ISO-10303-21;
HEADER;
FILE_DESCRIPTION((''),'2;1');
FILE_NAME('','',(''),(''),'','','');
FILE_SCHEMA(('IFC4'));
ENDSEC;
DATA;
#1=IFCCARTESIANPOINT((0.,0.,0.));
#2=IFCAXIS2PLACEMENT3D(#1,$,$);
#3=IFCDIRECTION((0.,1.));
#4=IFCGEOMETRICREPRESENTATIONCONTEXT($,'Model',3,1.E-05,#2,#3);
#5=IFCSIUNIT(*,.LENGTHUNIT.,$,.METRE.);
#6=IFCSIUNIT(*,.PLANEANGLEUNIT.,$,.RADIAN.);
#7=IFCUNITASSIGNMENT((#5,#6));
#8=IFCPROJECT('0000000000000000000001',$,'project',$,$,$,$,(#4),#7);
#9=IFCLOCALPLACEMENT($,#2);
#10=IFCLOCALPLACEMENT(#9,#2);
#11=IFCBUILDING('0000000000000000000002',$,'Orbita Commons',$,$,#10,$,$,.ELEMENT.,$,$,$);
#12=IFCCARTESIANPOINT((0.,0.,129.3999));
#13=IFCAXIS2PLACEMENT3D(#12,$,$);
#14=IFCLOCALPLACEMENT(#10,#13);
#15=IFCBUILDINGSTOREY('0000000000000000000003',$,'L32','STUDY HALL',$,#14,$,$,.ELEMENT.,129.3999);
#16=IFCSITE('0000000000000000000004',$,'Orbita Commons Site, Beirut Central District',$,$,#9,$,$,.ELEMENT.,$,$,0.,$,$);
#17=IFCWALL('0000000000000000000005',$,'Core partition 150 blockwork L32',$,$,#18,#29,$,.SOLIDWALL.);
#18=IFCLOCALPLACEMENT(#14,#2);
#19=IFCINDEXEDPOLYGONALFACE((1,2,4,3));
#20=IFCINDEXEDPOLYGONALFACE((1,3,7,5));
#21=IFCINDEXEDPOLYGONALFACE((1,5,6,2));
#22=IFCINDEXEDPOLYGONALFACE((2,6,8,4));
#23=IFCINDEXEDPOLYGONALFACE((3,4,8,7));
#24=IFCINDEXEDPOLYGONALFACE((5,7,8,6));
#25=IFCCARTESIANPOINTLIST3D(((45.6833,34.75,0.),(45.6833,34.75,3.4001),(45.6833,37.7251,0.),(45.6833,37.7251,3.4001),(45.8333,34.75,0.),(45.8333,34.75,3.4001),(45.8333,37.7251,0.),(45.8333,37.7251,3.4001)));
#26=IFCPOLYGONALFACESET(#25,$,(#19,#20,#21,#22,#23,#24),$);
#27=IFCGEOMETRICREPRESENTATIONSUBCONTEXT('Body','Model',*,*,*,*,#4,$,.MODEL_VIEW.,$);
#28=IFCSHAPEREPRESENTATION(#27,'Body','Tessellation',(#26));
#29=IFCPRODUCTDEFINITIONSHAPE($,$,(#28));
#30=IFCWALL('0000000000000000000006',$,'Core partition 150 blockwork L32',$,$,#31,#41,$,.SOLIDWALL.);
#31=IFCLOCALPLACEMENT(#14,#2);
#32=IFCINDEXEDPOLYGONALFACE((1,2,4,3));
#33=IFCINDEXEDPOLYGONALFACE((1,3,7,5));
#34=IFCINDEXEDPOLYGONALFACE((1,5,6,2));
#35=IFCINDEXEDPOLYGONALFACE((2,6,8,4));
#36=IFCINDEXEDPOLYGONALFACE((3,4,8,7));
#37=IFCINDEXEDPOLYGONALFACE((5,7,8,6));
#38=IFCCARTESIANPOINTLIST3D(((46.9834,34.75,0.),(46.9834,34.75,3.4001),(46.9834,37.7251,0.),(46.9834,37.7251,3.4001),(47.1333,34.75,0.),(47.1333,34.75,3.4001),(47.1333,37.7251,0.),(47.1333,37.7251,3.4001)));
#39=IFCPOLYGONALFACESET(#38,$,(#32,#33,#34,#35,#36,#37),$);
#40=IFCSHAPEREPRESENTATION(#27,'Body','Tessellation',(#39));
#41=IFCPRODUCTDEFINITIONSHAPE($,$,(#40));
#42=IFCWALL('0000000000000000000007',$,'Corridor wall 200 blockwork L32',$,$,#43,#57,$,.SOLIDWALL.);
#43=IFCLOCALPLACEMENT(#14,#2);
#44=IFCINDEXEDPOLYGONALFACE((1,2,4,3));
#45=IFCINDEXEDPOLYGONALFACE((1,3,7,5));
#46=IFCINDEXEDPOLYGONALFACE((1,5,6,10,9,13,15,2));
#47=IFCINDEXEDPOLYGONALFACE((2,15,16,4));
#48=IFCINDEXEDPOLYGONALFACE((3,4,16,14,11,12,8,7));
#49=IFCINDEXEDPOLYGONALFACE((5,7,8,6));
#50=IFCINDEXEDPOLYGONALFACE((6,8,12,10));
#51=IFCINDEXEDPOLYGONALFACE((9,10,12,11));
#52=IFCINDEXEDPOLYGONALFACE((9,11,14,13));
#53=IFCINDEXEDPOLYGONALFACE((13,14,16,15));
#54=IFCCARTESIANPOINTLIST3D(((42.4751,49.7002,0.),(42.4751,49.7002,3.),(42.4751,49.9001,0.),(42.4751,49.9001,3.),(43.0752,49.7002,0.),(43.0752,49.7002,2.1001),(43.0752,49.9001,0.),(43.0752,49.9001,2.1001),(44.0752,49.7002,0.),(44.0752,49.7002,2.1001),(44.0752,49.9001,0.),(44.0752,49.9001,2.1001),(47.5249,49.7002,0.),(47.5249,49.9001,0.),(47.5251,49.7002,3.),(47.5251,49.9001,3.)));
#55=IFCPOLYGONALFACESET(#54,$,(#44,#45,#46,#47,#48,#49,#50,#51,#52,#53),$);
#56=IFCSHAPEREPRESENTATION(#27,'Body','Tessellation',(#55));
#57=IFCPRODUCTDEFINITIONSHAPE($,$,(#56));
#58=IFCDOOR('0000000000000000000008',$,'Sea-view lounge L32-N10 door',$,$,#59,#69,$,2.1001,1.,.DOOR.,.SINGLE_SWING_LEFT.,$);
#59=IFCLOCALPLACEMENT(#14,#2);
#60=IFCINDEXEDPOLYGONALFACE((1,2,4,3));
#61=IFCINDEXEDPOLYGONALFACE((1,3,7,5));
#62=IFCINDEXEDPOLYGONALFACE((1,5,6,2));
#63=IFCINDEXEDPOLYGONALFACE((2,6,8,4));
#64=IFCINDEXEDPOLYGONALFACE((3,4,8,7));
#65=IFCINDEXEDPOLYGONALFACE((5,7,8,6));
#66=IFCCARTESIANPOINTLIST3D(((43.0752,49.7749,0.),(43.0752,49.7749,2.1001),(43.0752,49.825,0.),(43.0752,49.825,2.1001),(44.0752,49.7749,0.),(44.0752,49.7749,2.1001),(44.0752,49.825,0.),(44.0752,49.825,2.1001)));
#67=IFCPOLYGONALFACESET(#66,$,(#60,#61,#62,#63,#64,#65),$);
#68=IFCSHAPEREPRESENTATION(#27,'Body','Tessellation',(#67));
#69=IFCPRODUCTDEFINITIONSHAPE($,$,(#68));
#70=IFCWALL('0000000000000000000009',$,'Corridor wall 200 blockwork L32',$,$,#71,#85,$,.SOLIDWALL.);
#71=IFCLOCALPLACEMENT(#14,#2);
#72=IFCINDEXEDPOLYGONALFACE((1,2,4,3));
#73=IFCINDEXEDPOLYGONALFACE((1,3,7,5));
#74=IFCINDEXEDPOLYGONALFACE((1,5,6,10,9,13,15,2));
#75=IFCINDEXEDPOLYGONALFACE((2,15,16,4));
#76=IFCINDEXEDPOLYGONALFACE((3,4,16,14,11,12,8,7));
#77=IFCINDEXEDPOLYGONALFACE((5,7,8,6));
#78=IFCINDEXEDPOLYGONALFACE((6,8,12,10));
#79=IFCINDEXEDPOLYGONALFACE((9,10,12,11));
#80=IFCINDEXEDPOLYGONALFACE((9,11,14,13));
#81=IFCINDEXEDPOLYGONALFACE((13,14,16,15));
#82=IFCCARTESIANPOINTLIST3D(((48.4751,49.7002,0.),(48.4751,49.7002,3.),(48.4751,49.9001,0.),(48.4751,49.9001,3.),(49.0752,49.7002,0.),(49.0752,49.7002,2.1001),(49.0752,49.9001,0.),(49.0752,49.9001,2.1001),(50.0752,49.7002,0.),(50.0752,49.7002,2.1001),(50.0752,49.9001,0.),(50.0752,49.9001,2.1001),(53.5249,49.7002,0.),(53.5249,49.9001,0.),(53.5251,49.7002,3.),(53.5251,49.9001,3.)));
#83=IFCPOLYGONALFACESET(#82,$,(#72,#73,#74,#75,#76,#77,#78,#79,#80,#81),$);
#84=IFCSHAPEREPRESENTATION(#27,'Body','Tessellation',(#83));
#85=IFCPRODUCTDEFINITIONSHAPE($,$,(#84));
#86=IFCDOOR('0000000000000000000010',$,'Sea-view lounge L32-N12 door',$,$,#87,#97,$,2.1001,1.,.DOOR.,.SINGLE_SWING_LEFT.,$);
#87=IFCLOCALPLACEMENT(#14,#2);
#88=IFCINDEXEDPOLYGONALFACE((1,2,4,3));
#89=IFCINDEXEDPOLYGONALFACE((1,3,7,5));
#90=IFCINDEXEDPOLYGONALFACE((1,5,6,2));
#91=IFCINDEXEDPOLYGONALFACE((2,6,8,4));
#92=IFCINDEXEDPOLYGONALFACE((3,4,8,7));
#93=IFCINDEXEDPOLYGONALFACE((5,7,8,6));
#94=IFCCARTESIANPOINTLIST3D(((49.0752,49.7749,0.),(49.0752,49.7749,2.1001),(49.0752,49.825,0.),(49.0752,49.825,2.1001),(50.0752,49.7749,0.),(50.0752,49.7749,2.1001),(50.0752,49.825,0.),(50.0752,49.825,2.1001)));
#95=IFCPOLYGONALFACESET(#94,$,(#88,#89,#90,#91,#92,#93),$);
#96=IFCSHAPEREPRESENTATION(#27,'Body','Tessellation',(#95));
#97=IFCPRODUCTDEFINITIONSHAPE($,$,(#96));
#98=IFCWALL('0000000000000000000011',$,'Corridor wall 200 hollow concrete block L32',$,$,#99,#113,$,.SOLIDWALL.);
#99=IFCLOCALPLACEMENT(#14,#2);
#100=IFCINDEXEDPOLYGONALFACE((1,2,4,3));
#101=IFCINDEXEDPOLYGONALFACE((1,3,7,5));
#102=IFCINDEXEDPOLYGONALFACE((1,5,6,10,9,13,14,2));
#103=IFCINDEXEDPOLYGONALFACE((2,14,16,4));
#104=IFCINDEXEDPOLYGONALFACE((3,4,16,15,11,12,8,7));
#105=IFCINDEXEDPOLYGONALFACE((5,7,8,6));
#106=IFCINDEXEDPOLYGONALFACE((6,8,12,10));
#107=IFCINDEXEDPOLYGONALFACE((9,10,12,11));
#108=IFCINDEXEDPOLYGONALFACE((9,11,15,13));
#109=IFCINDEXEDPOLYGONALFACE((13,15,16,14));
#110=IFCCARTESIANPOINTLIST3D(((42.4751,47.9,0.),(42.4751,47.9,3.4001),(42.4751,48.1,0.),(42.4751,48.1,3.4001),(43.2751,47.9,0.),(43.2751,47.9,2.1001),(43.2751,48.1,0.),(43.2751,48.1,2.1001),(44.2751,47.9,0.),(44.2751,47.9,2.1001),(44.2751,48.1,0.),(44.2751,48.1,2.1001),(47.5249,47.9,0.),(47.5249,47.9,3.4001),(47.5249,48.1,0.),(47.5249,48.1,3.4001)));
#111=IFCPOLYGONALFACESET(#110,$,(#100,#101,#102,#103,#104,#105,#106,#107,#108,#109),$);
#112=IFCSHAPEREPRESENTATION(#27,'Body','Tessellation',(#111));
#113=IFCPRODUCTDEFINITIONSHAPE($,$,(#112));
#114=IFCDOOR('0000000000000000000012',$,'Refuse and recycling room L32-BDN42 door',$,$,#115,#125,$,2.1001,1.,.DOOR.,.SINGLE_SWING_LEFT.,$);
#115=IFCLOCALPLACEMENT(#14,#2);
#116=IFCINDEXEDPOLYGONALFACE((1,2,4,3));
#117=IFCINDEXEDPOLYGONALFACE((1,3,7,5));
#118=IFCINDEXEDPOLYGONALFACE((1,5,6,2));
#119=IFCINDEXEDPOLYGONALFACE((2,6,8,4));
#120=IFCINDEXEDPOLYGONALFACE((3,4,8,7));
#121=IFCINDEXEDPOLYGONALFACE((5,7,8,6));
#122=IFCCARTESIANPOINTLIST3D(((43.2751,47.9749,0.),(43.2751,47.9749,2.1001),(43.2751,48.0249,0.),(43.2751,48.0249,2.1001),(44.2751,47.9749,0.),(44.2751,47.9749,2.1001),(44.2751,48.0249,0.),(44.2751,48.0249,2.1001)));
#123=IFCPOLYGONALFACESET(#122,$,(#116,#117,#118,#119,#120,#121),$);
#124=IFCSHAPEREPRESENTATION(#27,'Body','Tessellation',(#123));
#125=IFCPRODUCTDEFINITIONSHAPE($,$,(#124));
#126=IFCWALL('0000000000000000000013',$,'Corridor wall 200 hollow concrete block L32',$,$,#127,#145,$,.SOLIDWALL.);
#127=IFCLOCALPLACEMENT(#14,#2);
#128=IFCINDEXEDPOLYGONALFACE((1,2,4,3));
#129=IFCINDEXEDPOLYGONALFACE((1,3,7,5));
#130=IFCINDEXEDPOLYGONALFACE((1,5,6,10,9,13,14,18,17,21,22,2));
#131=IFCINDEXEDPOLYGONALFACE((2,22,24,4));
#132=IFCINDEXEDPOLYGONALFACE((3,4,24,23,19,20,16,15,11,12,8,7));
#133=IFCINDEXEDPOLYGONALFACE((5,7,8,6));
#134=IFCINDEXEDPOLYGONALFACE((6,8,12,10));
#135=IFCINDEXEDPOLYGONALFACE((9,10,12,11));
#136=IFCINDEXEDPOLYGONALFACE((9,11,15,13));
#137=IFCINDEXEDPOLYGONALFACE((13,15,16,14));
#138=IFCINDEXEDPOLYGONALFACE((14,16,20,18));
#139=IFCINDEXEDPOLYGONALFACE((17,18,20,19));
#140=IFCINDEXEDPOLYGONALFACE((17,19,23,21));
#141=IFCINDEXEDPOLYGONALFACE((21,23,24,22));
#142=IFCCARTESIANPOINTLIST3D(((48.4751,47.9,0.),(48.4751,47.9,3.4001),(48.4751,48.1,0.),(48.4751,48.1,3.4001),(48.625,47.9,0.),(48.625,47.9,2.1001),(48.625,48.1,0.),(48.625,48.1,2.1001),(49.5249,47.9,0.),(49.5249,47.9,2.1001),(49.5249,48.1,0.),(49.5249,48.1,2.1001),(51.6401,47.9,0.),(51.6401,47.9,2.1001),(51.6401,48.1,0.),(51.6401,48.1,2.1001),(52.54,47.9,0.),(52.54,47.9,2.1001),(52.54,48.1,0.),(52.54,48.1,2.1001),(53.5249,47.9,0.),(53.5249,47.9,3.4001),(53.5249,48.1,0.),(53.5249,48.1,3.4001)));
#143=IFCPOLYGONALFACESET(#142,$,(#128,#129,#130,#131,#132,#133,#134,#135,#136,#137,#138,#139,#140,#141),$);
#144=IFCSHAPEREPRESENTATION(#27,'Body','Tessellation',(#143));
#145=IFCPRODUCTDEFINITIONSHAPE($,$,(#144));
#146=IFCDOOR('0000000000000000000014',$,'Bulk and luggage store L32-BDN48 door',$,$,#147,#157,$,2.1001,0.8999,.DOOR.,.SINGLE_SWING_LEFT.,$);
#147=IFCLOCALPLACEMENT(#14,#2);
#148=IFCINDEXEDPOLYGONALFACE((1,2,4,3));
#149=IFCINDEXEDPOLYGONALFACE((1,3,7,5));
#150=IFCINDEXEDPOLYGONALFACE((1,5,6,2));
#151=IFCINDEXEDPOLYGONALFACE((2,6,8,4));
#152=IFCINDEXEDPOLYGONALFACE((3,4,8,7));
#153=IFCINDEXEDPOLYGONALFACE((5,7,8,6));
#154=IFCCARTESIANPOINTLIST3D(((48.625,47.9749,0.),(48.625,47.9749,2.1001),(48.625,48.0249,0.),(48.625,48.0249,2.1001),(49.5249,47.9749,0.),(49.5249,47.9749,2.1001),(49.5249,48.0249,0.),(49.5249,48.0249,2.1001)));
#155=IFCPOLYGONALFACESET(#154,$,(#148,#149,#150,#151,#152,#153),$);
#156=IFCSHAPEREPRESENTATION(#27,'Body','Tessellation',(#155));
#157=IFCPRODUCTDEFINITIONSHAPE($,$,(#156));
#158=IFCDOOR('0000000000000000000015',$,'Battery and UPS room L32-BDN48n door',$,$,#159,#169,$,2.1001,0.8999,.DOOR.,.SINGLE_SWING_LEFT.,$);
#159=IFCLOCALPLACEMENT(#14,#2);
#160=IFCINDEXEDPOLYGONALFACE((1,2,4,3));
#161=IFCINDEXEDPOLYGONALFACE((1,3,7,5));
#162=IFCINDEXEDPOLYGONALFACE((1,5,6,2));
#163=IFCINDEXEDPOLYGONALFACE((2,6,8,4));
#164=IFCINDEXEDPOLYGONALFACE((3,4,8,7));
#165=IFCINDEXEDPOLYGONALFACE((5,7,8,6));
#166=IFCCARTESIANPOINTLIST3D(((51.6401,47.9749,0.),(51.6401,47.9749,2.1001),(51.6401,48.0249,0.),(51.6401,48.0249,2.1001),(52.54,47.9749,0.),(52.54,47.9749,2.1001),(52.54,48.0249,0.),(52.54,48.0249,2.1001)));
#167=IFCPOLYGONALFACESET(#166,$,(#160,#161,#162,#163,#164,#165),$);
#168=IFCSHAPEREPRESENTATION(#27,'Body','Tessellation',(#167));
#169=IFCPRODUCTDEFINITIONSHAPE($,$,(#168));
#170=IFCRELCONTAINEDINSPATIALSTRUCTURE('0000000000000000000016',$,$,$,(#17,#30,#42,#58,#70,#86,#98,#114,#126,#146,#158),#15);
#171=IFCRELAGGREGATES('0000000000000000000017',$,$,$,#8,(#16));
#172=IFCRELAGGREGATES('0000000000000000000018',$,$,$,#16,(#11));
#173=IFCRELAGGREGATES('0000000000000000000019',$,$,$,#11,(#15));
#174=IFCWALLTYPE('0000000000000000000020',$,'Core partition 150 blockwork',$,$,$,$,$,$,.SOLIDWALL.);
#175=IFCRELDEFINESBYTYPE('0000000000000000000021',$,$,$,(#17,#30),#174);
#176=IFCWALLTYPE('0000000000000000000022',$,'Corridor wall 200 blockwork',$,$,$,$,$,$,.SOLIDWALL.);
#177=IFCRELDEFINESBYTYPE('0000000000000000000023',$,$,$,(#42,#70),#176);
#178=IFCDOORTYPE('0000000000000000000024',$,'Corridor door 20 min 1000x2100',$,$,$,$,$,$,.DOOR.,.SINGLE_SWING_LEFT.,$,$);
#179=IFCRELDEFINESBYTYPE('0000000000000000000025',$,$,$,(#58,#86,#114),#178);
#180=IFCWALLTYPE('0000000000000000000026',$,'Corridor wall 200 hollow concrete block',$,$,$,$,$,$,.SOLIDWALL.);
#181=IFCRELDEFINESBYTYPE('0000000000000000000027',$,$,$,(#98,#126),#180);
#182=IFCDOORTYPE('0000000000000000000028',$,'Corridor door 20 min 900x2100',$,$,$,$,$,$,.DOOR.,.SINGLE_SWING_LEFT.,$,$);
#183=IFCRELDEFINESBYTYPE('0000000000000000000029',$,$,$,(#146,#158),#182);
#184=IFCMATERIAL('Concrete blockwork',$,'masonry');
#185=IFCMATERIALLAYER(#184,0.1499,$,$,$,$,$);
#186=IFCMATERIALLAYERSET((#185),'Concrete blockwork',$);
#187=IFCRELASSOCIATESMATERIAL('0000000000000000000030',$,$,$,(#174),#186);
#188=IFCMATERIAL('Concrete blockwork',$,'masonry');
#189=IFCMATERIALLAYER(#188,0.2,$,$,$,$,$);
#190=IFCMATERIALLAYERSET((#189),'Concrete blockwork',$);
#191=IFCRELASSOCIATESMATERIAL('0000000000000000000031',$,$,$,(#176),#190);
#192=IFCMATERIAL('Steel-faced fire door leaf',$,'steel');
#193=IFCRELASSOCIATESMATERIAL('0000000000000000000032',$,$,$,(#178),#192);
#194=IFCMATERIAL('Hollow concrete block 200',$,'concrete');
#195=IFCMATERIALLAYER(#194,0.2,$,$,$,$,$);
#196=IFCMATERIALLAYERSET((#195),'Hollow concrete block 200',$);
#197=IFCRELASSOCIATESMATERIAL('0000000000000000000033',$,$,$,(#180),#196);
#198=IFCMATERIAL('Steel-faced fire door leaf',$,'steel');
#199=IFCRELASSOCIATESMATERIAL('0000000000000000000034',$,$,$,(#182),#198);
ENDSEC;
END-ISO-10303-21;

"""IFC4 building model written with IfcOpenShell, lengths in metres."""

from ifc_helpers import new_model, si_unit, direction, frame, frame_2d, origin, place, context, subcontext, project, spatial, polyline, rectangle, outline, extrude, material, layer, layer_set, type_object, element, fill, save


model = new_model("IFC4")

# Units and contexts
model_context = context("Model", 3, precision=1e-05, world=origin(), true_north=direction((0.0, 1.0)))
body_context = subcontext(model_context, "Body", "Model", "MODEL_VIEW")
ifc_project = project(units=[si_unit("LENGTHUNIT", "METRE"), si_unit("PLANEANGLEUNIT", "RADIAN")], contexts=[model_context])

# Site, building, storey
site_placement = place(None, origin())
site = spatial("IfcSite", under=ifc_project, at=site_placement, Name="Orbita Commons Site, Beirut Central District", CompositionType="ELEMENT", RefElevation=0.0)
building_placement = place(site_placement, origin())
building = spatial("IfcBuilding", under=site, at=building_placement, Name="Orbita Commons", CompositionType="ELEMENT")
storey_placement = place(building_placement, frame((0.0, 0.0, 129.3999)))
storey = spatial("IfcBuildingStorey", under=building, at=storey_placement, Name="L32", Description="STUDY HALL", CompositionType="ELEMENT", Elevation=129.3999)

# Walls
ifc_material_1 = material(Name="Concrete blockwork", Category="masonry")
ifc_layer_1 = layer(ifc_material_1, 0.1499)
ifc_layer_set_1 = layer_set([ifc_layer_1], Name="Concrete blockwork")
wall_type_1 = type_object("IfcWallType", Name="Core partition 150 blockwork", PredefinedType="SOLIDWALL", material=ifc_layer_set_1)
for number, where, z_axis, x_axis, name in (
    (1, (45.7583, 34.75, 0.0), (0.0, 0.0, 1.0), (0.0, 1.0, 0.0), "Core partition 150 blockwork L32"),
    (2, (47.0583, 34.75, 0.0), (0.0, 0.0, 1.0), (0.0, 1.0, 0.0), "Core partition 150 blockwork L32"),
):
    element("IfcWall", number, at=place(storey_placement, frame(where, z_axis=z_axis, x_axis=x_axis)), inside=storey, type_object=wall_type_1, Name=name, PredefinedType="SOLIDWALL", context=body_context, shape_type="SweptSolid", body=[
        extrude(rectangle(XDim=2.9751, YDim=0.1499, at=frame_2d((1.4875, 0.0))), origin(), (0.0, 0.0, 1.0), 3.4001),
    ])

# Walls, openings, doors
ifc_material_2 = material(Name="Concrete blockwork", Category="masonry")
ifc_layer_2 = layer(ifc_material_2, 0.2)
ifc_layer_set_2 = layer_set([ifc_layer_2], Name="Concrete blockwork")
wall_type_2 = type_object("IfcWallType", Name="Corridor wall 200 blockwork", PredefinedType="SOLIDWALL", material=ifc_layer_set_2)
wall_1_placement = place(storey_placement, frame((42.4751, 49.8, 0.0), z_axis=(0.0, 0.0, 1.0), x_axis=(1.0, 0.0, 0.0)))
wall_1 = element("IfcWall", 3, at=wall_1_placement, inside=storey, type_object=wall_type_2, Name="Corridor wall 200 blockwork L32", PredefinedType="SOLIDWALL", context=body_context, shape_type="SweptSolid", body=[
    extrude(outline(polyline([(0.0, 0.0), (5.0498, 0.0), (5.05, 3.0), (0.0, 3.0), (0.0, 0.0)])), frame((0.0, 0.1001, 0.0), z_axis=(0.0, -1.0, 0.0), x_axis=(1.0, 0.0, 0.0)), (0.0, 0.0, 1.0), 0.2),
])
opening_1_placement = place(wall_1_placement, frame((0.6001, 0.0, 0.0)))
opening_1 = element("IfcOpeningElement", 4, at=opening_1_placement, cuts=wall_1, PredefinedType="OPENING", context=body_context, shape_type="SweptSolid", body=[
    extrude(rectangle(XDim=1.0, YDim=2.1001, at=frame_2d((0.5, 1.05))), frame((0.0, 0.1099, 0.0), z_axis=(0.0, -1.0, 0.0), x_axis=(1.0, 0.0, 0.0)), (0.0, 0.0, 1.0), 0.22),
])
ifc_material_3 = material(Name="Steel-faced fire door leaf", Category="steel")
door_type_1 = type_object("IfcDoorType", Name="Corridor door 20 min 1000x2100", OperationType="SINGLE_SWING_LEFT", PredefinedType="DOOR", material=ifc_material_3)
door_1_placement = place(opening_1_placement, origin())
door_1 = element("IfcDoor", 5, at=door_1_placement, inside=storey, type_object=door_type_1, Name="Sea-view lounge L32-N10 door", OperationType="SINGLE_SWING_LEFT", OverallHeight=2.1001, OverallWidth=1.0, PredefinedType="DOOR", context=body_context, shape_type="SweptSolid", body=[
    extrude(rectangle(XDim=1.0, YDim=2.1001, at=frame_2d((0.5, 1.05))), frame((0.0, 0.0249, 0.0), z_axis=(0.0, -1.0, 0.0), x_axis=(1.0, 0.0, 0.0)), (0.0, 0.0, 1.0), 0.05),
])
fill(opening_1, door_1)
wall_2_placement = place(storey_placement, frame((48.4751, 49.8, 0.0), z_axis=(0.0, 0.0, 1.0), x_axis=(1.0, 0.0, 0.0)))
wall_2 = element("IfcWall", 6, at=wall_2_placement, inside=storey, type_object=wall_type_2, Name="Corridor wall 200 blockwork L32", PredefinedType="SOLIDWALL", context=body_context, shape_type="SweptSolid", body=[
    extrude(outline(polyline([(0.0, 0.0), (5.0498, 0.0), (5.05, 3.0), (0.0, 3.0), (0.0, 0.0)])), frame((0.0, 0.1001, 0.0), z_axis=(0.0, -1.0, 0.0), x_axis=(1.0, 0.0, 0.0)), (0.0, 0.0, 1.0), 0.2),
])
opening_2_placement = place(wall_2_placement, frame((0.6001, 0.0, 0.0)))
opening_2 = element("IfcOpeningElement", 7, at=opening_2_placement, cuts=wall_2, PredefinedType="OPENING", context=body_context, shape_type="SweptSolid", body=[
    extrude(rectangle(XDim=1.0, YDim=2.1001, at=frame_2d((0.5, 1.05))), frame((0.0, 0.1099, 0.0), z_axis=(0.0, -1.0, 0.0), x_axis=(1.0, 0.0, 0.0)), (0.0, 0.0, 1.0), 0.22),
])
door_2_placement = place(opening_2_placement, origin())
door_2 = element("IfcDoor", 8, at=door_2_placement, inside=storey, type_object=door_type_1, Name="Sea-view lounge L32-N12 door", OperationType="SINGLE_SWING_LEFT", OverallHeight=2.1001, OverallWidth=1.0, PredefinedType="DOOR", context=body_context, shape_type="SweptSolid", body=[
    extrude(rectangle(XDim=1.0, YDim=2.1001, at=frame_2d((0.5, 1.05))), frame((0.0, 0.0249, 0.0), z_axis=(0.0, -1.0, 0.0), x_axis=(1.0, 0.0, 0.0)), (0.0, 0.0, 1.0), 0.05),
])
fill(opening_2, door_2)
ifc_material_4 = material(Name="Hollow concrete block 200", Category="concrete")
ifc_layer_3 = layer(ifc_material_4, 0.2)
ifc_layer_set_3 = layer_set([ifc_layer_3], Name="Hollow concrete block 200")
wall_type_3 = type_object("IfcWallType", Name="Corridor wall 200 hollow concrete block", PredefinedType="SOLIDWALL", material=ifc_layer_set_3)
wall_3_placement = place(storey_placement, frame((42.4751, 48.0, 0.0), z_axis=(0.0, 0.0, 1.0), x_axis=(1.0, 0.0, 0.0)))
wall_3 = element("IfcWall", 9, at=wall_3_placement, inside=storey, type_object=wall_type_3, Name="Corridor wall 200 hollow concrete block L32", PredefinedType="SOLIDWALL", context=body_context, shape_type="SweptSolid", body=[
    extrude(rectangle(XDim=5.0498, YDim=0.2, at=frame_2d((2.5249, 0.0))), origin(), (0.0, 0.0, 1.0), 3.4001),
])
opening_3_placement = place(wall_3_placement, frame((0.8, 0.0, 0.0)))
opening_3 = element("IfcOpeningElement", 10, at=opening_3_placement, cuts=wall_3, PredefinedType="OPENING", context=body_context, shape_type="SweptSolid", body=[
    extrude(rectangle(XDim=1.0, YDim=2.1001, at=frame_2d((0.5, 1.05))), frame((0.0, 0.1099, 0.0), z_axis=(0.0, -1.0, 0.0), x_axis=(1.0, 0.0, 0.0)), (0.0, 0.0, 1.0), 0.22),
])
door_3_placement = place(opening_3_placement, origin())
door_3 = element("IfcDoor", 11, at=door_3_placement, inside=storey, type_object=door_type_1, Name="Refuse and recycling room L32-BDN42 door", OperationType="SINGLE_SWING_LEFT", OverallHeight=2.1001, OverallWidth=1.0, PredefinedType="DOOR", context=body_context, shape_type="SweptSolid", body=[
    extrude(rectangle(XDim=1.0, YDim=2.1001, at=frame_2d((0.5, 1.05))), frame((0.0, 0.0249, 0.0), z_axis=(0.0, -1.0, 0.0), x_axis=(1.0, 0.0, 0.0)), (0.0, 0.0, 1.0), 0.05),
])
fill(opening_3, door_3)

# Wall, openings, doors
wall_4_placement = place(storey_placement, frame((48.4751, 48.0, 0.0), z_axis=(0.0, 0.0, 1.0), x_axis=(1.0, 0.0, 0.0)))
wall_4 = element("IfcWall", 12, at=wall_4_placement, inside=storey, type_object=wall_type_3, Name="Corridor wall 200 hollow concrete block L32", PredefinedType="SOLIDWALL", context=body_context, shape_type="SweptSolid", body=[
    extrude(rectangle(XDim=5.0498, YDim=0.2, at=frame_2d((2.5249, 0.0))), origin(), (0.0, 0.0, 1.0), 3.4001),
])
opening_4_placement = place(wall_4_placement, frame((0.1499, 0.0, 0.0)))
opening_4 = element("IfcOpeningElement", 13, at=opening_4_placement, cuts=wall_4, PredefinedType="OPENING", context=body_context, shape_type="SweptSolid", body=[
    extrude(rectangle(XDim=0.8999, YDim=2.1001, at=frame_2d((0.45, 1.05))), frame((0.0, 0.1099, 0.0), z_axis=(0.0, -1.0, 0.0), x_axis=(1.0, 0.0, 0.0)), (0.0, 0.0, 1.0), 0.22),
])
opening_5_placement = place(wall_4_placement, frame((3.165, 0.0, 0.0)))
opening_5 = element("IfcOpeningElement", 14, at=opening_5_placement, cuts=wall_4, PredefinedType="OPENING", context=body_context, shape_type="SweptSolid", body=[
    extrude(rectangle(XDim=0.8999, YDim=2.1001, at=frame_2d((0.45, 1.05))), frame((0.0, 0.1099, 0.0), z_axis=(0.0, -1.0, 0.0), x_axis=(1.0, 0.0, 0.0)), (0.0, 0.0, 1.0), 0.22),
])
ifc_material_5 = material(Name="Steel-faced fire door leaf", Category="steel")
door_type_2 = type_object("IfcDoorType", Name="Corridor door 20 min 900x2100", OperationType="SINGLE_SWING_LEFT", PredefinedType="DOOR", material=ifc_material_5)
door_4_placement = place(opening_4_placement, origin())
door_4 = element("IfcDoor", 15, at=door_4_placement, inside=storey, type_object=door_type_2, Name="Bulk and luggage store L32-BDN48 door", OperationType="SINGLE_SWING_LEFT", OverallHeight=2.1001, OverallWidth=0.8999, PredefinedType="DOOR", context=body_context, shape_type="SweptSolid", body=[
    extrude(rectangle(XDim=0.8999, YDim=2.1001, at=frame_2d((0.45, 1.05))), frame((0.0, 0.0249, 0.0), z_axis=(0.0, -1.0, 0.0), x_axis=(1.0, 0.0, 0.0)), (0.0, 0.0, 1.0), 0.05),
])
fill(opening_4, door_4)
door_5_placement = place(opening_5_placement, origin())
door_5 = element("IfcDoor", 16, at=door_5_placement, inside=storey, type_object=door_type_2, Name="Battery and UPS room L32-BDN48n door", OperationType="SINGLE_SWING_LEFT", OverallHeight=2.1001, OverallWidth=0.8999, PredefinedType="DOOR", context=body_context, shape_type="SweptSolid", body=[
    extrude(rectangle(XDim=0.8999, YDim=2.1001, at=frame_2d((0.45, 1.05))), frame((0.0, 0.0249, 0.0), z_axis=(0.0, -1.0, 0.0), x_axis=(1.0, 0.0, 0.0)), (0.0, 0.0, 1.0), 0.05),
])
fill(opening_5, door_5)

save(model, "model.ifc")
